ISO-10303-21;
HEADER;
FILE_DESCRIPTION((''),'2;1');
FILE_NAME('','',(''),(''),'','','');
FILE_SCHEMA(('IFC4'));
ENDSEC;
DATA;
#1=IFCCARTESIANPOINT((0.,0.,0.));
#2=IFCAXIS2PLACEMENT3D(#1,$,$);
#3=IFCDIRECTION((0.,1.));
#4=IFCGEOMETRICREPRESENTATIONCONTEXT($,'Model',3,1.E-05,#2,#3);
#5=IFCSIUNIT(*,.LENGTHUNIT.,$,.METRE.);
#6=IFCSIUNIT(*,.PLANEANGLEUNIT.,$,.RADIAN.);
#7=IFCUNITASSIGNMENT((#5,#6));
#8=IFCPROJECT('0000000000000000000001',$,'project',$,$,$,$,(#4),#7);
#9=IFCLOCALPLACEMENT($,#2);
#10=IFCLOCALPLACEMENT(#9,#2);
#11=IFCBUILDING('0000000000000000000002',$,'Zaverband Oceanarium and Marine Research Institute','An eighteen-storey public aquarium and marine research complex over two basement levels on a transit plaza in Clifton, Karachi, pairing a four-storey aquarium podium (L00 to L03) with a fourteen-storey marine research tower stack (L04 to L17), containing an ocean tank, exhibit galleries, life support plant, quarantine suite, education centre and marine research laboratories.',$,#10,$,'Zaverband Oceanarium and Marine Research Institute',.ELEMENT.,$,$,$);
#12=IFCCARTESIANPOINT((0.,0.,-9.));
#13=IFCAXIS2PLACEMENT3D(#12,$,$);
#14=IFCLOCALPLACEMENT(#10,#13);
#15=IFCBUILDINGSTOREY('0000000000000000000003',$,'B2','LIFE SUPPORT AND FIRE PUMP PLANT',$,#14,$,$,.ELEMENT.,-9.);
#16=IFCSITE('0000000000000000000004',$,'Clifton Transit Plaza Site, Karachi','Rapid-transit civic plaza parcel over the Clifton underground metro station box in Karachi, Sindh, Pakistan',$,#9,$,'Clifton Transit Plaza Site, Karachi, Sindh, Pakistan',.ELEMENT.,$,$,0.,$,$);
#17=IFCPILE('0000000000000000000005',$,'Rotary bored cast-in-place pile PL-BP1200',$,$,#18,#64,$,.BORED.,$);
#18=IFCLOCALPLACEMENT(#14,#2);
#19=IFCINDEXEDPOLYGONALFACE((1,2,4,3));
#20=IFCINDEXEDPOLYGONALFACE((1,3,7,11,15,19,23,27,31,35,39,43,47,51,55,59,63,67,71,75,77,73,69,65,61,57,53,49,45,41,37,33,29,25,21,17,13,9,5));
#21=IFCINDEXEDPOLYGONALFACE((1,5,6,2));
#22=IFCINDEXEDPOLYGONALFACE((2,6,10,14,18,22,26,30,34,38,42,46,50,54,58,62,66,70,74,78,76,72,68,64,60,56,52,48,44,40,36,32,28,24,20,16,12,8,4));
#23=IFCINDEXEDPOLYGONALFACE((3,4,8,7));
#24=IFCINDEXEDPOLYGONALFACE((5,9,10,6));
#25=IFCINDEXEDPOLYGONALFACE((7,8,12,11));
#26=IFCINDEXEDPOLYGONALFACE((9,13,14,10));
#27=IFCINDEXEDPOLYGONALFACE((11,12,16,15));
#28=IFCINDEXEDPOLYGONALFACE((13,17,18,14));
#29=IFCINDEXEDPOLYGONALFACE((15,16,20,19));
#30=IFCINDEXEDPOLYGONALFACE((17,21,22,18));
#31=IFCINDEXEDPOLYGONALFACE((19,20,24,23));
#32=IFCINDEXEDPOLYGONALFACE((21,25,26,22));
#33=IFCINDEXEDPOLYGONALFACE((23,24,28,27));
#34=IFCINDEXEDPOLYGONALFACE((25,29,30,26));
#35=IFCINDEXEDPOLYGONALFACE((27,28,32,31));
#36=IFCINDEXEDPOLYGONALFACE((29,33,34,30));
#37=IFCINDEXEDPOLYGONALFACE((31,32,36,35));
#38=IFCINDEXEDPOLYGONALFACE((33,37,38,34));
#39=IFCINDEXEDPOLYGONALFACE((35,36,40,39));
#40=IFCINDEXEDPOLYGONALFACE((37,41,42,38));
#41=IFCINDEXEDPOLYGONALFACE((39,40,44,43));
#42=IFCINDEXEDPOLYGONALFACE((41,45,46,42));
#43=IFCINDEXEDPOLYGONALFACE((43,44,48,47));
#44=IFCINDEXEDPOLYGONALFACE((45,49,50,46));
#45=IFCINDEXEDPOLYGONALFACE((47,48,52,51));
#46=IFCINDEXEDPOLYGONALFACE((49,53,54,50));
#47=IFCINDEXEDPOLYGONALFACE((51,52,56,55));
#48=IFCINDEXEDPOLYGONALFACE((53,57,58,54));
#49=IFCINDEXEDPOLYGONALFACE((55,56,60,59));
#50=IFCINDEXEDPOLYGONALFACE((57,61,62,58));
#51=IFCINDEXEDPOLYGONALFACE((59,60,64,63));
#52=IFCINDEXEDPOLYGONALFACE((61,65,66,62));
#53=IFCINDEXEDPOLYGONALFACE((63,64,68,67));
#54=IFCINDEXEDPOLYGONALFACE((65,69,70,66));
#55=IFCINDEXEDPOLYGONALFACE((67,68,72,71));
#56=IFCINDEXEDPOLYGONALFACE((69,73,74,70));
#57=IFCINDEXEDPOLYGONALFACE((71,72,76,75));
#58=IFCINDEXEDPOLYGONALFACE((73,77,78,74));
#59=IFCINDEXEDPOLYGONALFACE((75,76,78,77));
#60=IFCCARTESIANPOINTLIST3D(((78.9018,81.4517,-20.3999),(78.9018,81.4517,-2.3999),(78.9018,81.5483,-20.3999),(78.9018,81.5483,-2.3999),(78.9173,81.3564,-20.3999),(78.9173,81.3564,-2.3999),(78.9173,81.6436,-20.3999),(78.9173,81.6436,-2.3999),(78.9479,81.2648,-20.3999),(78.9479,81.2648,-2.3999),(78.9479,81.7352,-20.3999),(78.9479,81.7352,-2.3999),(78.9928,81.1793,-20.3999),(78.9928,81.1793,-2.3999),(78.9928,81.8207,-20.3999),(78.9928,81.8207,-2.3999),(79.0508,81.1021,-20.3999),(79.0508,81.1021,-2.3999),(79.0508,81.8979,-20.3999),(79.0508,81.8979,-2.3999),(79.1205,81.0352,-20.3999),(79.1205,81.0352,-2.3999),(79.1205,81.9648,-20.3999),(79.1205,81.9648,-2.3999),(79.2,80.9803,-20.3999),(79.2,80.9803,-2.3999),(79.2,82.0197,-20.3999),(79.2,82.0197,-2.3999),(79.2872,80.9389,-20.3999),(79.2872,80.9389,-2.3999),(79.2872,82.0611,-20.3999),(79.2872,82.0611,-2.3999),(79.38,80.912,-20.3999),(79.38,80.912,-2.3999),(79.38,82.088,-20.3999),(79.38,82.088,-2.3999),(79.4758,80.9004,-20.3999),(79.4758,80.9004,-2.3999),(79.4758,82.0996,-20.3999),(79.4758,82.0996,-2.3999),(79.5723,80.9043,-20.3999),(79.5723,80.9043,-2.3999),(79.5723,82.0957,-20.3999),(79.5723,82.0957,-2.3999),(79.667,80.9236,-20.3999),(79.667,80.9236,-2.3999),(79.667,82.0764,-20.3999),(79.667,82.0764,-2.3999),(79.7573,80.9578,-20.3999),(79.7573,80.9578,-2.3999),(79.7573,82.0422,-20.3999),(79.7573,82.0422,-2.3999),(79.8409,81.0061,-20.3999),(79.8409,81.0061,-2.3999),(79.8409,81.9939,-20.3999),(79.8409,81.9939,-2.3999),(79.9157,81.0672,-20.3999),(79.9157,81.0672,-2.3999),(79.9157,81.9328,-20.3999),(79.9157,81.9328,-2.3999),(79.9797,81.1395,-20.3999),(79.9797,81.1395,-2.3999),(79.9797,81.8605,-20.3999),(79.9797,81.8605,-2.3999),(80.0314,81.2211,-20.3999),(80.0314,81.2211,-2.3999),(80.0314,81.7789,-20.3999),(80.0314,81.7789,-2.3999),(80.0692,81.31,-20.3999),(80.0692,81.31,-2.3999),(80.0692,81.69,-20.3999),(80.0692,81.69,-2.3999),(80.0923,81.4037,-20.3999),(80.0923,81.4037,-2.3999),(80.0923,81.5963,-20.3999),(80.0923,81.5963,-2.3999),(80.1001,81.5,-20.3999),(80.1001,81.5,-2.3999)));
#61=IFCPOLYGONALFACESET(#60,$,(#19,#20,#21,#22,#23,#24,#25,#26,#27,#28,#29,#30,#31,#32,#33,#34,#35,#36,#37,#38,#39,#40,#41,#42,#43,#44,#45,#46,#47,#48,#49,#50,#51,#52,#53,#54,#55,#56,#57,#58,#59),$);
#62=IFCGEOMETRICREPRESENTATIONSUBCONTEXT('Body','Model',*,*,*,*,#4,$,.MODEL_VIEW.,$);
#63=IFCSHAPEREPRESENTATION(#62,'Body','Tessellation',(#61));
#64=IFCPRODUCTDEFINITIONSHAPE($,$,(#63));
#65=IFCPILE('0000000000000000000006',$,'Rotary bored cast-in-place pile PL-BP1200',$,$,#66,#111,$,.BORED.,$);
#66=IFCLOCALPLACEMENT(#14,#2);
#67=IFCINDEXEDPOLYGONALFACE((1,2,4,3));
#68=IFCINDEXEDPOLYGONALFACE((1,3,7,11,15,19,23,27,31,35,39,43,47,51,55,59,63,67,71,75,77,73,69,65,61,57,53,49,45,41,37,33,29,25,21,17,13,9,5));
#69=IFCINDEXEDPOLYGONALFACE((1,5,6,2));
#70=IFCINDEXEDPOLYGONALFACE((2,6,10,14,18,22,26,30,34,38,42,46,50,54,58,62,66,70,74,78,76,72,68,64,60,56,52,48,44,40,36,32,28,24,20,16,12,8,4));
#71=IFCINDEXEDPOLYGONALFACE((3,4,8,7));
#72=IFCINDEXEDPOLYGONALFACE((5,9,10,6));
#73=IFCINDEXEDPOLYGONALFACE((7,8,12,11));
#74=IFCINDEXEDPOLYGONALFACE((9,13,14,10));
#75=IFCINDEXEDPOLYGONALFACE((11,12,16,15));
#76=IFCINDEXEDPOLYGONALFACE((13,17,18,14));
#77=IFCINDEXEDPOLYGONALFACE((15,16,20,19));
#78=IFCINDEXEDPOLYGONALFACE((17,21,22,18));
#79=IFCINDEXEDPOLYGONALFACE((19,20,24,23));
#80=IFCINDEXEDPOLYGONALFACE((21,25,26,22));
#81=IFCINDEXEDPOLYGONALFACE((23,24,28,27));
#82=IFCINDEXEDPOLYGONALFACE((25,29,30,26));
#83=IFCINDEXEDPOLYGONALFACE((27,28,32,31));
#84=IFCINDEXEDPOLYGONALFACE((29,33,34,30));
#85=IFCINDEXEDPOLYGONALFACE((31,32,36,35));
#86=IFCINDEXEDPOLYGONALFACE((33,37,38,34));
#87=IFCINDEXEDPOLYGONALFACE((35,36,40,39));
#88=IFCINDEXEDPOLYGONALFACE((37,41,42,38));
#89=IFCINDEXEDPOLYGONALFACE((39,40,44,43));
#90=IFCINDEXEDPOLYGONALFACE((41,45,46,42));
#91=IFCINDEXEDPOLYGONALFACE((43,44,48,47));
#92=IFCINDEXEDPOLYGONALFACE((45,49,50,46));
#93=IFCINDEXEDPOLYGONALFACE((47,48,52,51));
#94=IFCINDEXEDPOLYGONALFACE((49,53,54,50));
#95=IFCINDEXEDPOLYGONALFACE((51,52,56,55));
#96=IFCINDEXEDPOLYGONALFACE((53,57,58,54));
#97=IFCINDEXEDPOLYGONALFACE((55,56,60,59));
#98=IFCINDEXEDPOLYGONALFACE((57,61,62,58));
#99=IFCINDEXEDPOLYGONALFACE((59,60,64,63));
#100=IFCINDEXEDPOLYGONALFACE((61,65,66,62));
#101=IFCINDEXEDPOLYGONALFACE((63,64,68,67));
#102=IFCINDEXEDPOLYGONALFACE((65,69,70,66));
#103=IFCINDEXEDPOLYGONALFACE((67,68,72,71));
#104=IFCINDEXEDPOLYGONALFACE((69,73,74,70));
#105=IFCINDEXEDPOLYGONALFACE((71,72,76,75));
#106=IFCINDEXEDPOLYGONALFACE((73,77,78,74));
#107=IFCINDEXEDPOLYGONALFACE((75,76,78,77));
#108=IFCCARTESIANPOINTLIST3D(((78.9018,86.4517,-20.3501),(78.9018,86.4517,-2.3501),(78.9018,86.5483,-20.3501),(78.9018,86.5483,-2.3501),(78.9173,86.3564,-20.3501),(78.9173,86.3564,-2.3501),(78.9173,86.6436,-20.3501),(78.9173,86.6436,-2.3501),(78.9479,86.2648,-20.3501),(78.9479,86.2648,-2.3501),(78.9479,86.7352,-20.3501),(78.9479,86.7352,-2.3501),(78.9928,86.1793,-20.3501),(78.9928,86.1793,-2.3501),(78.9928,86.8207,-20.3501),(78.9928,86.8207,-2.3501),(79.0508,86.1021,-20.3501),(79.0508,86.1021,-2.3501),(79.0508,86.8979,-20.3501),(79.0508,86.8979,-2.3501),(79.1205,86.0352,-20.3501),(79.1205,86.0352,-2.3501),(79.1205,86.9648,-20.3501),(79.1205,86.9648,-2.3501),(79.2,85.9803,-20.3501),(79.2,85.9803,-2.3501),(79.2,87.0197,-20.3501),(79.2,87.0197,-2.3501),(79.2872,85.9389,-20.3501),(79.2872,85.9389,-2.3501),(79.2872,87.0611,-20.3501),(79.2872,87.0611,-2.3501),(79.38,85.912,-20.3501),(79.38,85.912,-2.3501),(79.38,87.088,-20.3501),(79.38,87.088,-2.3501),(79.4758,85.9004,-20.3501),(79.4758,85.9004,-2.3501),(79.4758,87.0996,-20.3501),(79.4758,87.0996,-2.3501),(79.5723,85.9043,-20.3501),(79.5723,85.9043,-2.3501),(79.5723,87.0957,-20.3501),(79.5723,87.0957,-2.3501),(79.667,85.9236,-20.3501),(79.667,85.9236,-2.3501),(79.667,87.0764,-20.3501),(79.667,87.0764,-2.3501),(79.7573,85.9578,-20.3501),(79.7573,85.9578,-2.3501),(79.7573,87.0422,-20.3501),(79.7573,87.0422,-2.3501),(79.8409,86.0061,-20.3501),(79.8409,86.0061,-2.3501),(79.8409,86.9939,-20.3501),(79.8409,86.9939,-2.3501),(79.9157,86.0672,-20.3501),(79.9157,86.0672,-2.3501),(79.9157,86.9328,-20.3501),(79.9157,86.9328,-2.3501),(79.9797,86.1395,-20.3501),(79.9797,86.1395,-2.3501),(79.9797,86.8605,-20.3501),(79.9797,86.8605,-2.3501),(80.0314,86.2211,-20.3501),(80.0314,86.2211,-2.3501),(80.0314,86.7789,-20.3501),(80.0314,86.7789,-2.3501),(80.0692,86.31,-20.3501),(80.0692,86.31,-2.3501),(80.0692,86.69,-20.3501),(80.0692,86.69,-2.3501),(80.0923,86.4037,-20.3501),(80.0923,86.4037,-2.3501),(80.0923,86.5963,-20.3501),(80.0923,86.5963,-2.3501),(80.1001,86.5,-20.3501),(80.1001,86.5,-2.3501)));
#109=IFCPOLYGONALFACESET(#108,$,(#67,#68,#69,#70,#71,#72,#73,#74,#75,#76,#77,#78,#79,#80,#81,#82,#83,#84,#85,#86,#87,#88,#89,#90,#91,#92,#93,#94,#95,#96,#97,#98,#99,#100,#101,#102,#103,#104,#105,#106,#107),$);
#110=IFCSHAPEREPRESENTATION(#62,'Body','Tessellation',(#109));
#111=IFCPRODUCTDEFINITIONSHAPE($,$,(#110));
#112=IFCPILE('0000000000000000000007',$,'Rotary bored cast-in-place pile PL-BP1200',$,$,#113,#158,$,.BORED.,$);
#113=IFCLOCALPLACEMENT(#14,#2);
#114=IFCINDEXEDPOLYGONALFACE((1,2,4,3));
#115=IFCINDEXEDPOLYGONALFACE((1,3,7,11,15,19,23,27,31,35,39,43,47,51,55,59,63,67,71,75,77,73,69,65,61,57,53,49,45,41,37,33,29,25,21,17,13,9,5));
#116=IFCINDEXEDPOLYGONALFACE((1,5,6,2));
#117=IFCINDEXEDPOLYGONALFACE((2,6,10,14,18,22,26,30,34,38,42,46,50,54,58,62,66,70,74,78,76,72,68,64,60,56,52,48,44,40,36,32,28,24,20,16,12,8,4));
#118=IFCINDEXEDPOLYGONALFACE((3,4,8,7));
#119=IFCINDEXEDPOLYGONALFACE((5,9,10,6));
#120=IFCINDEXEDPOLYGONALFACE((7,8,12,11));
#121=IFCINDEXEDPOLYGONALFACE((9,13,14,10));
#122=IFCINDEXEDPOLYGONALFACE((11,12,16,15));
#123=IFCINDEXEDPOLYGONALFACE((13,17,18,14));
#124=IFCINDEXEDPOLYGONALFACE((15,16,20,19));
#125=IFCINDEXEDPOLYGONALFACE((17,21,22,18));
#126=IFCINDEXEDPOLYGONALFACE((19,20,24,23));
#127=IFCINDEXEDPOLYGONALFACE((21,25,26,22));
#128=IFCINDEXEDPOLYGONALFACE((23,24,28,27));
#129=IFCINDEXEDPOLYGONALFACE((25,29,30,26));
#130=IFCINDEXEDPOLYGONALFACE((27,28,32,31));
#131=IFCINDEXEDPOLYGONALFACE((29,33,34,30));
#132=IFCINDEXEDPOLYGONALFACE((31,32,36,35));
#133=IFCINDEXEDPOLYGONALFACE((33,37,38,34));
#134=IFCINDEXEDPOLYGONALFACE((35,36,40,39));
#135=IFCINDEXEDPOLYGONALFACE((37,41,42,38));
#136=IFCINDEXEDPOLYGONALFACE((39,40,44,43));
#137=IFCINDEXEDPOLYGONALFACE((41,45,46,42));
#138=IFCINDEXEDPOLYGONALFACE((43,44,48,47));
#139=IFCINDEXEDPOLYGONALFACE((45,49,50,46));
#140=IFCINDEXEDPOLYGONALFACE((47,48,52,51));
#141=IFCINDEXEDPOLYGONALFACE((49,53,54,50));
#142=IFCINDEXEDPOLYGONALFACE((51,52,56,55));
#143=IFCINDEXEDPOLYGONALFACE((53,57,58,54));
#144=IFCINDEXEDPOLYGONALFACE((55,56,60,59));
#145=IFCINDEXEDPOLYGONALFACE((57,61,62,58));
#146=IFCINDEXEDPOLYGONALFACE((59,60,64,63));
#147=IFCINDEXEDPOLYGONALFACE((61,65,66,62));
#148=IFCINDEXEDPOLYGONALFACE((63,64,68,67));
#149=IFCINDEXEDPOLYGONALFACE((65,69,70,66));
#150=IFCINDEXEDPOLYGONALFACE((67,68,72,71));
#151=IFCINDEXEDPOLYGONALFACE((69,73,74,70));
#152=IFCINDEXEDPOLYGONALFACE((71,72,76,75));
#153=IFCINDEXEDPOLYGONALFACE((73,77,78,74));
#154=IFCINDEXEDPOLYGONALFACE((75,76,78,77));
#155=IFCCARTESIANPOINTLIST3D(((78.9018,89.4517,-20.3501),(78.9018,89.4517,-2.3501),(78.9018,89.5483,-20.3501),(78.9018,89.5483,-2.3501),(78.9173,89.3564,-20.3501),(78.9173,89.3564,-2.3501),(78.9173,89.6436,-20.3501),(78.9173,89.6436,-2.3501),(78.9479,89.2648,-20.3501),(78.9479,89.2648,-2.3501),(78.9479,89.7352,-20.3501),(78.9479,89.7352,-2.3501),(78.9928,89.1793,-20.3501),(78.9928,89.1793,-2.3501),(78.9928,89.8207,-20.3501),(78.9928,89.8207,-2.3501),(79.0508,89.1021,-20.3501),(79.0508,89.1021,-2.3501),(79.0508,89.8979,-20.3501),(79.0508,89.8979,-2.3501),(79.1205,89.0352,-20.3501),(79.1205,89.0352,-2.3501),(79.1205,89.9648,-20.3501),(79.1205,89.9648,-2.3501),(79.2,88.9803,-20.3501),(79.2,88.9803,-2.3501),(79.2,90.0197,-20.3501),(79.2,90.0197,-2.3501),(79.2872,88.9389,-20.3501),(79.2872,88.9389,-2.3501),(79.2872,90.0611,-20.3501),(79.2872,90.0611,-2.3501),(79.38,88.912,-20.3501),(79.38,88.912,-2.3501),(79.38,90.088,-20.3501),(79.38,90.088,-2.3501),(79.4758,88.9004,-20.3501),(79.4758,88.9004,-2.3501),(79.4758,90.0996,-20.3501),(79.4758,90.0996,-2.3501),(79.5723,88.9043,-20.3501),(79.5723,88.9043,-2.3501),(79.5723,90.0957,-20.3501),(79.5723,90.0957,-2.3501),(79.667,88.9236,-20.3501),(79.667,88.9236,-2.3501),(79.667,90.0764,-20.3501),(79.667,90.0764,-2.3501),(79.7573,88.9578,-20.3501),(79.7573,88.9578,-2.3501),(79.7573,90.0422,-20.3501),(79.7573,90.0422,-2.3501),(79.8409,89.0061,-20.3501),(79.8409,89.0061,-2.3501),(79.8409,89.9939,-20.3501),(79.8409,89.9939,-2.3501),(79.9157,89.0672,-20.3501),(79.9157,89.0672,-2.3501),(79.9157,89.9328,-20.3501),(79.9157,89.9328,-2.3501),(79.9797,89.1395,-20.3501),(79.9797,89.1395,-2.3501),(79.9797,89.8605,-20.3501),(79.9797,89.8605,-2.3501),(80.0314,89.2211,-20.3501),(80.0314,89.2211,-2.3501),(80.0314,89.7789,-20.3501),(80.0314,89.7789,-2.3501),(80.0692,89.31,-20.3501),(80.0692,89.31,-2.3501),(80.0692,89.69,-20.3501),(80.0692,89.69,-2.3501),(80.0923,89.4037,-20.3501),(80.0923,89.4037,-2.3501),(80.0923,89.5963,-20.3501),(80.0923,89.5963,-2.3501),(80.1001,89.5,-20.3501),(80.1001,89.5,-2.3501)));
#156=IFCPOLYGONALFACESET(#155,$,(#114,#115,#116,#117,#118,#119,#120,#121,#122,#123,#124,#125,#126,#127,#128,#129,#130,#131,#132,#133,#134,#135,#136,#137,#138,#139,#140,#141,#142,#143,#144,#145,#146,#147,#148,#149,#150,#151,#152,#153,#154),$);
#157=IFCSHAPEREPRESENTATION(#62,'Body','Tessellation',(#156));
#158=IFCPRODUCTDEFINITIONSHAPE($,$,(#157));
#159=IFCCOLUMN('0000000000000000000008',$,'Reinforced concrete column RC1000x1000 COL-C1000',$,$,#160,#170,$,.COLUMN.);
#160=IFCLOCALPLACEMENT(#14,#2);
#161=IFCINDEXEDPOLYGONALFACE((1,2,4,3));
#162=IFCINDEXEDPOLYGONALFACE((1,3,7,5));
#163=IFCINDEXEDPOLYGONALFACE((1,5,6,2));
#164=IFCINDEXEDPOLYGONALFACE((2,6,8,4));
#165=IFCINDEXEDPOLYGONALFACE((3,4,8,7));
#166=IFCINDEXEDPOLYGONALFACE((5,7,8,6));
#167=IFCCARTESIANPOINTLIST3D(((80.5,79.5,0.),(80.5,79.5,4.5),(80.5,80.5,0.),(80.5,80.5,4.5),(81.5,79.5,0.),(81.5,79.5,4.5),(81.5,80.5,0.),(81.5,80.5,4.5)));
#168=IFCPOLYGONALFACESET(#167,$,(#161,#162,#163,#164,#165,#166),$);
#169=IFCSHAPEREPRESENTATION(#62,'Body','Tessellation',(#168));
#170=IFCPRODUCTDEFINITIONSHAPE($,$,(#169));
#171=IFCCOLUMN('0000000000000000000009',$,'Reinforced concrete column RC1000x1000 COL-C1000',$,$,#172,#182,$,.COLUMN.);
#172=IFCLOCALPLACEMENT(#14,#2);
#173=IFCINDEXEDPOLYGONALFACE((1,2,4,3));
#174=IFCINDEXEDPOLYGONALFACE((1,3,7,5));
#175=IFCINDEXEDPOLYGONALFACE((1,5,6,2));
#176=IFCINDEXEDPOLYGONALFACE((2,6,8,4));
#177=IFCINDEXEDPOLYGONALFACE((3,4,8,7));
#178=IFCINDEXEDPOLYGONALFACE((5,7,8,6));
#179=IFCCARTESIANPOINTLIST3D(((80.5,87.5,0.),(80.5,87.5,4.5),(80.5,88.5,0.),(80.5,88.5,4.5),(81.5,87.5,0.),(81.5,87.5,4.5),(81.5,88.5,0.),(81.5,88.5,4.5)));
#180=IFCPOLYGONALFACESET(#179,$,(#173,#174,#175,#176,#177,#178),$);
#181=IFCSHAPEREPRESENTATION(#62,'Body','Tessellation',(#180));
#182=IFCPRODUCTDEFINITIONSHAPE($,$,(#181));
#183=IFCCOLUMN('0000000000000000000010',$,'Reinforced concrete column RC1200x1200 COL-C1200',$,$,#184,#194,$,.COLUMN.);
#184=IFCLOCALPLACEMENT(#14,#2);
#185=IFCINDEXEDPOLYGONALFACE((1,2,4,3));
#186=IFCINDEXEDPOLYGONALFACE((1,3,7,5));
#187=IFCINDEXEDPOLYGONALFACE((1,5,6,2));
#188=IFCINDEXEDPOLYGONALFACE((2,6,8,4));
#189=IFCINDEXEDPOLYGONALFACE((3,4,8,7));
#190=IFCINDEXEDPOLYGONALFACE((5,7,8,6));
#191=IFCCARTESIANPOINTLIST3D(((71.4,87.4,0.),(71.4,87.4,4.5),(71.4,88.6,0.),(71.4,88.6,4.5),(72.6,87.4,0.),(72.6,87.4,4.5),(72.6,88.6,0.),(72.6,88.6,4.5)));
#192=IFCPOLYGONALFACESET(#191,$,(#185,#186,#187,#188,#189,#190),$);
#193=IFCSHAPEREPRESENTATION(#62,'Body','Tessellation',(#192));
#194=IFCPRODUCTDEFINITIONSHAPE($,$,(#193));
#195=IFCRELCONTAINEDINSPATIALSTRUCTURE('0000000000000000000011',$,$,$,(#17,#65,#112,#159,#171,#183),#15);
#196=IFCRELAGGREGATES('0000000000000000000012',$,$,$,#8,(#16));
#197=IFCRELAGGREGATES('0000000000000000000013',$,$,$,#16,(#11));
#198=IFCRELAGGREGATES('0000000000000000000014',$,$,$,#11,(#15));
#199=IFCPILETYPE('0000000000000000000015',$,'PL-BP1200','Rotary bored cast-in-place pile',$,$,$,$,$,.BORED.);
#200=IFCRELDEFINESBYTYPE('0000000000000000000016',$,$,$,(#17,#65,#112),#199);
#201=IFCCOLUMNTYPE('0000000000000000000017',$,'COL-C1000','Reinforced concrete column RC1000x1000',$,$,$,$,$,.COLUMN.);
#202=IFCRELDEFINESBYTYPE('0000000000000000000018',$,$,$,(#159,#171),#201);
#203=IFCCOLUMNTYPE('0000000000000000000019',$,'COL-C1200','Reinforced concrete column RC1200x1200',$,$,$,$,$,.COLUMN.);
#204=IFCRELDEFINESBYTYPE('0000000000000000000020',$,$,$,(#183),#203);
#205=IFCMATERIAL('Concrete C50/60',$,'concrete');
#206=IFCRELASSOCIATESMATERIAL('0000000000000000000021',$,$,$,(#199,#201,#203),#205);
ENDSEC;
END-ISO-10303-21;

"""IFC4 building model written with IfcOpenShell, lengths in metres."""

from ifc_helpers import new_model, si_unit, direction, frame, origin, origin_2d, place, context, subcontext, project, spatial, rectangle, circle, extrude, material, material_profile, profile_set, type_object, element, save


model = new_model("IFC4")

# Units and contexts
model_context = context("Model", 3, precision=1e-05, world=origin(), true_north=direction((0.0, 1.0)))
body_context = subcontext(model_context, "Body", "Model", "MODEL_VIEW")
ifc_project = project(units=[si_unit("LENGTHUNIT", "METRE"), si_unit("PLANEANGLEUNIT", "RADIAN")], contexts=[model_context])

# Site, building, storey
site_placement = place(None, origin())
site = spatial("IfcSite", under=ifc_project, at=site_placement, Name="Clifton Transit Plaza Site, Karachi", Description="Rapid-transit civic plaza parcel over the Clifton underground metro station box in Karachi, Sindh, Pakistan", LongName="Clifton Transit Plaza Site, Karachi, Sindh, Pakistan", CompositionType="ELEMENT", RefElevation=0.0)
building_placement = place(site_placement, origin())
building = spatial("IfcBuilding", under=site, at=building_placement, Name="Zaverband Oceanarium and Marine Research Institute", Description="An eighteen-storey public aquarium and marine research complex over two basement levels on a transit plaza in Clifton, Karachi, pairing a four-storey aquarium podium (L00 to L03) with a fourteen-storey marine research tower stack (L04 to L17), containing an ocean tank, exhibit galleries, life support plant, quarantine suite, education centre and marine research laboratories.", LongName="Zaverband Oceanarium and Marine Research Institute", CompositionType="ELEMENT")
storey_placement = place(building_placement, frame((0.0, 0.0, -9.0)))
storey = spatial("IfcBuildingStorey", under=building, at=storey_placement, Name="B2", Description="LIFE SUPPORT AND FIRE PUMP PLANT", CompositionType="ELEMENT", Elevation=-9.0)

# Shared definitions
ifc_material_1 = material(Name="Concrete C50/60", Category="concrete")

# Piles
ifc_material_profile_1 = material_profile(ifc_material_1, circle(Radius=0.6001, at=origin_2d()), Name="BP1200")
ifc_profile_set_1 = profile_set([ifc_material_profile_1], Name="Concrete C50/60")
pile_type = type_object("IfcPileType", Name="PL-BP1200", Description="Rotary bored cast-in-place pile", PredefinedType="BORED", material=ifc_profile_set_1)
for number, where, z_axis, x_axis, name in (
    (1, (79.5, 81.5, -2.3999), (0.0, 0.0, -1.0), (1.0, 0.0, 0.0), "Rotary bored cast-in-place pile PL-BP1200"),
    (2, (79.5, 86.5, -2.3501), (0.0, 0.0, -1.0), (1.0, 0.0, 0.0), "Rotary bored cast-in-place pile PL-BP1200"),
    (3, (79.5, 89.5, -2.3501), (0.0, 0.0, -1.0), (1.0, 0.0, 0.0), "Rotary bored cast-in-place pile PL-BP1200"),
):
    element("IfcPile", number, at=place(storey_placement, frame(where, z_axis=z_axis, x_axis=x_axis)), inside=storey, type_object=pile_type, Name=name, PredefinedType="BORED", context=body_context, shape_type="SweptSolid", body=[
        extrude(circle(Radius=0.6001, at=origin_2d()), origin(), (0.0, 0.0, 1.0), 18.0),
    ])

# Columns
ifc_material_profile_2 = material_profile(ifc_material_1, rectangle(XDim=1.0, YDim=1.0, at=origin_2d()), Name="RC1000x1000")
ifc_profile_set_2 = profile_set([ifc_material_profile_2], Name="Concrete C50/60")
column_type_1 = type_object("IfcColumnType", Name="COL-C1000", Description="Reinforced concrete column RC1000x1000", PredefinedType="COLUMN", material=ifc_profile_set_2)
for number, where, z_axis, x_axis, name in (
    (4, (81.0, 80.0, 0.0), (0.0, 0.0, 1.0), (1.0, 0.0, 0.0), "Reinforced concrete column RC1000x1000 COL-C1000"),
    (5, (81.0, 88.0, 0.0), (0.0, 0.0, 1.0), (1.0, 0.0, 0.0), "Reinforced concrete column RC1000x1000 COL-C1000"),
):
    element("IfcColumn", number, at=place(storey_placement, frame(where, z_axis=z_axis, x_axis=x_axis)), inside=storey, type_object=column_type_1, Name=name, PredefinedType="COLUMN", context=body_context, shape_type="SweptSolid", body=[
        extrude(rectangle(XDim=1.0, YDim=1.0, at=origin_2d()), origin(), (0.0, 0.0, 1.0), 4.5),
    ])
ifc_material_profile_3 = material_profile(ifc_material_1, rectangle(XDim=1.2, YDim=1.2, at=origin_2d()), Name="RC1200x1200")
ifc_profile_set_3 = profile_set([ifc_material_profile_3], Name="Concrete C50/60")
column_type_2 = type_object("IfcColumnType", Name="COL-C1200", Description="Reinforced concrete column RC1200x1200", PredefinedType="COLUMN", material=ifc_profile_set_3)
column_placement = place(storey_placement, frame((72.0, 88.0, 0.0), z_axis=(0.0, 0.0, 1.0), x_axis=(1.0, 0.0, 0.0)))
element("IfcColumn", 6, at=column_placement, inside=storey, type_object=column_type_2, Name="Reinforced concrete column RC1200x1200 COL-C1200", PredefinedType="COLUMN", context=body_context, shape_type="SweptSolid", body=[
    extrude(rectangle(XDim=1.2, YDim=1.2, at=origin_2d()), origin(), (0.0, 0.0, 1.0), 4.5),
])

save(model, "model.ifc")
